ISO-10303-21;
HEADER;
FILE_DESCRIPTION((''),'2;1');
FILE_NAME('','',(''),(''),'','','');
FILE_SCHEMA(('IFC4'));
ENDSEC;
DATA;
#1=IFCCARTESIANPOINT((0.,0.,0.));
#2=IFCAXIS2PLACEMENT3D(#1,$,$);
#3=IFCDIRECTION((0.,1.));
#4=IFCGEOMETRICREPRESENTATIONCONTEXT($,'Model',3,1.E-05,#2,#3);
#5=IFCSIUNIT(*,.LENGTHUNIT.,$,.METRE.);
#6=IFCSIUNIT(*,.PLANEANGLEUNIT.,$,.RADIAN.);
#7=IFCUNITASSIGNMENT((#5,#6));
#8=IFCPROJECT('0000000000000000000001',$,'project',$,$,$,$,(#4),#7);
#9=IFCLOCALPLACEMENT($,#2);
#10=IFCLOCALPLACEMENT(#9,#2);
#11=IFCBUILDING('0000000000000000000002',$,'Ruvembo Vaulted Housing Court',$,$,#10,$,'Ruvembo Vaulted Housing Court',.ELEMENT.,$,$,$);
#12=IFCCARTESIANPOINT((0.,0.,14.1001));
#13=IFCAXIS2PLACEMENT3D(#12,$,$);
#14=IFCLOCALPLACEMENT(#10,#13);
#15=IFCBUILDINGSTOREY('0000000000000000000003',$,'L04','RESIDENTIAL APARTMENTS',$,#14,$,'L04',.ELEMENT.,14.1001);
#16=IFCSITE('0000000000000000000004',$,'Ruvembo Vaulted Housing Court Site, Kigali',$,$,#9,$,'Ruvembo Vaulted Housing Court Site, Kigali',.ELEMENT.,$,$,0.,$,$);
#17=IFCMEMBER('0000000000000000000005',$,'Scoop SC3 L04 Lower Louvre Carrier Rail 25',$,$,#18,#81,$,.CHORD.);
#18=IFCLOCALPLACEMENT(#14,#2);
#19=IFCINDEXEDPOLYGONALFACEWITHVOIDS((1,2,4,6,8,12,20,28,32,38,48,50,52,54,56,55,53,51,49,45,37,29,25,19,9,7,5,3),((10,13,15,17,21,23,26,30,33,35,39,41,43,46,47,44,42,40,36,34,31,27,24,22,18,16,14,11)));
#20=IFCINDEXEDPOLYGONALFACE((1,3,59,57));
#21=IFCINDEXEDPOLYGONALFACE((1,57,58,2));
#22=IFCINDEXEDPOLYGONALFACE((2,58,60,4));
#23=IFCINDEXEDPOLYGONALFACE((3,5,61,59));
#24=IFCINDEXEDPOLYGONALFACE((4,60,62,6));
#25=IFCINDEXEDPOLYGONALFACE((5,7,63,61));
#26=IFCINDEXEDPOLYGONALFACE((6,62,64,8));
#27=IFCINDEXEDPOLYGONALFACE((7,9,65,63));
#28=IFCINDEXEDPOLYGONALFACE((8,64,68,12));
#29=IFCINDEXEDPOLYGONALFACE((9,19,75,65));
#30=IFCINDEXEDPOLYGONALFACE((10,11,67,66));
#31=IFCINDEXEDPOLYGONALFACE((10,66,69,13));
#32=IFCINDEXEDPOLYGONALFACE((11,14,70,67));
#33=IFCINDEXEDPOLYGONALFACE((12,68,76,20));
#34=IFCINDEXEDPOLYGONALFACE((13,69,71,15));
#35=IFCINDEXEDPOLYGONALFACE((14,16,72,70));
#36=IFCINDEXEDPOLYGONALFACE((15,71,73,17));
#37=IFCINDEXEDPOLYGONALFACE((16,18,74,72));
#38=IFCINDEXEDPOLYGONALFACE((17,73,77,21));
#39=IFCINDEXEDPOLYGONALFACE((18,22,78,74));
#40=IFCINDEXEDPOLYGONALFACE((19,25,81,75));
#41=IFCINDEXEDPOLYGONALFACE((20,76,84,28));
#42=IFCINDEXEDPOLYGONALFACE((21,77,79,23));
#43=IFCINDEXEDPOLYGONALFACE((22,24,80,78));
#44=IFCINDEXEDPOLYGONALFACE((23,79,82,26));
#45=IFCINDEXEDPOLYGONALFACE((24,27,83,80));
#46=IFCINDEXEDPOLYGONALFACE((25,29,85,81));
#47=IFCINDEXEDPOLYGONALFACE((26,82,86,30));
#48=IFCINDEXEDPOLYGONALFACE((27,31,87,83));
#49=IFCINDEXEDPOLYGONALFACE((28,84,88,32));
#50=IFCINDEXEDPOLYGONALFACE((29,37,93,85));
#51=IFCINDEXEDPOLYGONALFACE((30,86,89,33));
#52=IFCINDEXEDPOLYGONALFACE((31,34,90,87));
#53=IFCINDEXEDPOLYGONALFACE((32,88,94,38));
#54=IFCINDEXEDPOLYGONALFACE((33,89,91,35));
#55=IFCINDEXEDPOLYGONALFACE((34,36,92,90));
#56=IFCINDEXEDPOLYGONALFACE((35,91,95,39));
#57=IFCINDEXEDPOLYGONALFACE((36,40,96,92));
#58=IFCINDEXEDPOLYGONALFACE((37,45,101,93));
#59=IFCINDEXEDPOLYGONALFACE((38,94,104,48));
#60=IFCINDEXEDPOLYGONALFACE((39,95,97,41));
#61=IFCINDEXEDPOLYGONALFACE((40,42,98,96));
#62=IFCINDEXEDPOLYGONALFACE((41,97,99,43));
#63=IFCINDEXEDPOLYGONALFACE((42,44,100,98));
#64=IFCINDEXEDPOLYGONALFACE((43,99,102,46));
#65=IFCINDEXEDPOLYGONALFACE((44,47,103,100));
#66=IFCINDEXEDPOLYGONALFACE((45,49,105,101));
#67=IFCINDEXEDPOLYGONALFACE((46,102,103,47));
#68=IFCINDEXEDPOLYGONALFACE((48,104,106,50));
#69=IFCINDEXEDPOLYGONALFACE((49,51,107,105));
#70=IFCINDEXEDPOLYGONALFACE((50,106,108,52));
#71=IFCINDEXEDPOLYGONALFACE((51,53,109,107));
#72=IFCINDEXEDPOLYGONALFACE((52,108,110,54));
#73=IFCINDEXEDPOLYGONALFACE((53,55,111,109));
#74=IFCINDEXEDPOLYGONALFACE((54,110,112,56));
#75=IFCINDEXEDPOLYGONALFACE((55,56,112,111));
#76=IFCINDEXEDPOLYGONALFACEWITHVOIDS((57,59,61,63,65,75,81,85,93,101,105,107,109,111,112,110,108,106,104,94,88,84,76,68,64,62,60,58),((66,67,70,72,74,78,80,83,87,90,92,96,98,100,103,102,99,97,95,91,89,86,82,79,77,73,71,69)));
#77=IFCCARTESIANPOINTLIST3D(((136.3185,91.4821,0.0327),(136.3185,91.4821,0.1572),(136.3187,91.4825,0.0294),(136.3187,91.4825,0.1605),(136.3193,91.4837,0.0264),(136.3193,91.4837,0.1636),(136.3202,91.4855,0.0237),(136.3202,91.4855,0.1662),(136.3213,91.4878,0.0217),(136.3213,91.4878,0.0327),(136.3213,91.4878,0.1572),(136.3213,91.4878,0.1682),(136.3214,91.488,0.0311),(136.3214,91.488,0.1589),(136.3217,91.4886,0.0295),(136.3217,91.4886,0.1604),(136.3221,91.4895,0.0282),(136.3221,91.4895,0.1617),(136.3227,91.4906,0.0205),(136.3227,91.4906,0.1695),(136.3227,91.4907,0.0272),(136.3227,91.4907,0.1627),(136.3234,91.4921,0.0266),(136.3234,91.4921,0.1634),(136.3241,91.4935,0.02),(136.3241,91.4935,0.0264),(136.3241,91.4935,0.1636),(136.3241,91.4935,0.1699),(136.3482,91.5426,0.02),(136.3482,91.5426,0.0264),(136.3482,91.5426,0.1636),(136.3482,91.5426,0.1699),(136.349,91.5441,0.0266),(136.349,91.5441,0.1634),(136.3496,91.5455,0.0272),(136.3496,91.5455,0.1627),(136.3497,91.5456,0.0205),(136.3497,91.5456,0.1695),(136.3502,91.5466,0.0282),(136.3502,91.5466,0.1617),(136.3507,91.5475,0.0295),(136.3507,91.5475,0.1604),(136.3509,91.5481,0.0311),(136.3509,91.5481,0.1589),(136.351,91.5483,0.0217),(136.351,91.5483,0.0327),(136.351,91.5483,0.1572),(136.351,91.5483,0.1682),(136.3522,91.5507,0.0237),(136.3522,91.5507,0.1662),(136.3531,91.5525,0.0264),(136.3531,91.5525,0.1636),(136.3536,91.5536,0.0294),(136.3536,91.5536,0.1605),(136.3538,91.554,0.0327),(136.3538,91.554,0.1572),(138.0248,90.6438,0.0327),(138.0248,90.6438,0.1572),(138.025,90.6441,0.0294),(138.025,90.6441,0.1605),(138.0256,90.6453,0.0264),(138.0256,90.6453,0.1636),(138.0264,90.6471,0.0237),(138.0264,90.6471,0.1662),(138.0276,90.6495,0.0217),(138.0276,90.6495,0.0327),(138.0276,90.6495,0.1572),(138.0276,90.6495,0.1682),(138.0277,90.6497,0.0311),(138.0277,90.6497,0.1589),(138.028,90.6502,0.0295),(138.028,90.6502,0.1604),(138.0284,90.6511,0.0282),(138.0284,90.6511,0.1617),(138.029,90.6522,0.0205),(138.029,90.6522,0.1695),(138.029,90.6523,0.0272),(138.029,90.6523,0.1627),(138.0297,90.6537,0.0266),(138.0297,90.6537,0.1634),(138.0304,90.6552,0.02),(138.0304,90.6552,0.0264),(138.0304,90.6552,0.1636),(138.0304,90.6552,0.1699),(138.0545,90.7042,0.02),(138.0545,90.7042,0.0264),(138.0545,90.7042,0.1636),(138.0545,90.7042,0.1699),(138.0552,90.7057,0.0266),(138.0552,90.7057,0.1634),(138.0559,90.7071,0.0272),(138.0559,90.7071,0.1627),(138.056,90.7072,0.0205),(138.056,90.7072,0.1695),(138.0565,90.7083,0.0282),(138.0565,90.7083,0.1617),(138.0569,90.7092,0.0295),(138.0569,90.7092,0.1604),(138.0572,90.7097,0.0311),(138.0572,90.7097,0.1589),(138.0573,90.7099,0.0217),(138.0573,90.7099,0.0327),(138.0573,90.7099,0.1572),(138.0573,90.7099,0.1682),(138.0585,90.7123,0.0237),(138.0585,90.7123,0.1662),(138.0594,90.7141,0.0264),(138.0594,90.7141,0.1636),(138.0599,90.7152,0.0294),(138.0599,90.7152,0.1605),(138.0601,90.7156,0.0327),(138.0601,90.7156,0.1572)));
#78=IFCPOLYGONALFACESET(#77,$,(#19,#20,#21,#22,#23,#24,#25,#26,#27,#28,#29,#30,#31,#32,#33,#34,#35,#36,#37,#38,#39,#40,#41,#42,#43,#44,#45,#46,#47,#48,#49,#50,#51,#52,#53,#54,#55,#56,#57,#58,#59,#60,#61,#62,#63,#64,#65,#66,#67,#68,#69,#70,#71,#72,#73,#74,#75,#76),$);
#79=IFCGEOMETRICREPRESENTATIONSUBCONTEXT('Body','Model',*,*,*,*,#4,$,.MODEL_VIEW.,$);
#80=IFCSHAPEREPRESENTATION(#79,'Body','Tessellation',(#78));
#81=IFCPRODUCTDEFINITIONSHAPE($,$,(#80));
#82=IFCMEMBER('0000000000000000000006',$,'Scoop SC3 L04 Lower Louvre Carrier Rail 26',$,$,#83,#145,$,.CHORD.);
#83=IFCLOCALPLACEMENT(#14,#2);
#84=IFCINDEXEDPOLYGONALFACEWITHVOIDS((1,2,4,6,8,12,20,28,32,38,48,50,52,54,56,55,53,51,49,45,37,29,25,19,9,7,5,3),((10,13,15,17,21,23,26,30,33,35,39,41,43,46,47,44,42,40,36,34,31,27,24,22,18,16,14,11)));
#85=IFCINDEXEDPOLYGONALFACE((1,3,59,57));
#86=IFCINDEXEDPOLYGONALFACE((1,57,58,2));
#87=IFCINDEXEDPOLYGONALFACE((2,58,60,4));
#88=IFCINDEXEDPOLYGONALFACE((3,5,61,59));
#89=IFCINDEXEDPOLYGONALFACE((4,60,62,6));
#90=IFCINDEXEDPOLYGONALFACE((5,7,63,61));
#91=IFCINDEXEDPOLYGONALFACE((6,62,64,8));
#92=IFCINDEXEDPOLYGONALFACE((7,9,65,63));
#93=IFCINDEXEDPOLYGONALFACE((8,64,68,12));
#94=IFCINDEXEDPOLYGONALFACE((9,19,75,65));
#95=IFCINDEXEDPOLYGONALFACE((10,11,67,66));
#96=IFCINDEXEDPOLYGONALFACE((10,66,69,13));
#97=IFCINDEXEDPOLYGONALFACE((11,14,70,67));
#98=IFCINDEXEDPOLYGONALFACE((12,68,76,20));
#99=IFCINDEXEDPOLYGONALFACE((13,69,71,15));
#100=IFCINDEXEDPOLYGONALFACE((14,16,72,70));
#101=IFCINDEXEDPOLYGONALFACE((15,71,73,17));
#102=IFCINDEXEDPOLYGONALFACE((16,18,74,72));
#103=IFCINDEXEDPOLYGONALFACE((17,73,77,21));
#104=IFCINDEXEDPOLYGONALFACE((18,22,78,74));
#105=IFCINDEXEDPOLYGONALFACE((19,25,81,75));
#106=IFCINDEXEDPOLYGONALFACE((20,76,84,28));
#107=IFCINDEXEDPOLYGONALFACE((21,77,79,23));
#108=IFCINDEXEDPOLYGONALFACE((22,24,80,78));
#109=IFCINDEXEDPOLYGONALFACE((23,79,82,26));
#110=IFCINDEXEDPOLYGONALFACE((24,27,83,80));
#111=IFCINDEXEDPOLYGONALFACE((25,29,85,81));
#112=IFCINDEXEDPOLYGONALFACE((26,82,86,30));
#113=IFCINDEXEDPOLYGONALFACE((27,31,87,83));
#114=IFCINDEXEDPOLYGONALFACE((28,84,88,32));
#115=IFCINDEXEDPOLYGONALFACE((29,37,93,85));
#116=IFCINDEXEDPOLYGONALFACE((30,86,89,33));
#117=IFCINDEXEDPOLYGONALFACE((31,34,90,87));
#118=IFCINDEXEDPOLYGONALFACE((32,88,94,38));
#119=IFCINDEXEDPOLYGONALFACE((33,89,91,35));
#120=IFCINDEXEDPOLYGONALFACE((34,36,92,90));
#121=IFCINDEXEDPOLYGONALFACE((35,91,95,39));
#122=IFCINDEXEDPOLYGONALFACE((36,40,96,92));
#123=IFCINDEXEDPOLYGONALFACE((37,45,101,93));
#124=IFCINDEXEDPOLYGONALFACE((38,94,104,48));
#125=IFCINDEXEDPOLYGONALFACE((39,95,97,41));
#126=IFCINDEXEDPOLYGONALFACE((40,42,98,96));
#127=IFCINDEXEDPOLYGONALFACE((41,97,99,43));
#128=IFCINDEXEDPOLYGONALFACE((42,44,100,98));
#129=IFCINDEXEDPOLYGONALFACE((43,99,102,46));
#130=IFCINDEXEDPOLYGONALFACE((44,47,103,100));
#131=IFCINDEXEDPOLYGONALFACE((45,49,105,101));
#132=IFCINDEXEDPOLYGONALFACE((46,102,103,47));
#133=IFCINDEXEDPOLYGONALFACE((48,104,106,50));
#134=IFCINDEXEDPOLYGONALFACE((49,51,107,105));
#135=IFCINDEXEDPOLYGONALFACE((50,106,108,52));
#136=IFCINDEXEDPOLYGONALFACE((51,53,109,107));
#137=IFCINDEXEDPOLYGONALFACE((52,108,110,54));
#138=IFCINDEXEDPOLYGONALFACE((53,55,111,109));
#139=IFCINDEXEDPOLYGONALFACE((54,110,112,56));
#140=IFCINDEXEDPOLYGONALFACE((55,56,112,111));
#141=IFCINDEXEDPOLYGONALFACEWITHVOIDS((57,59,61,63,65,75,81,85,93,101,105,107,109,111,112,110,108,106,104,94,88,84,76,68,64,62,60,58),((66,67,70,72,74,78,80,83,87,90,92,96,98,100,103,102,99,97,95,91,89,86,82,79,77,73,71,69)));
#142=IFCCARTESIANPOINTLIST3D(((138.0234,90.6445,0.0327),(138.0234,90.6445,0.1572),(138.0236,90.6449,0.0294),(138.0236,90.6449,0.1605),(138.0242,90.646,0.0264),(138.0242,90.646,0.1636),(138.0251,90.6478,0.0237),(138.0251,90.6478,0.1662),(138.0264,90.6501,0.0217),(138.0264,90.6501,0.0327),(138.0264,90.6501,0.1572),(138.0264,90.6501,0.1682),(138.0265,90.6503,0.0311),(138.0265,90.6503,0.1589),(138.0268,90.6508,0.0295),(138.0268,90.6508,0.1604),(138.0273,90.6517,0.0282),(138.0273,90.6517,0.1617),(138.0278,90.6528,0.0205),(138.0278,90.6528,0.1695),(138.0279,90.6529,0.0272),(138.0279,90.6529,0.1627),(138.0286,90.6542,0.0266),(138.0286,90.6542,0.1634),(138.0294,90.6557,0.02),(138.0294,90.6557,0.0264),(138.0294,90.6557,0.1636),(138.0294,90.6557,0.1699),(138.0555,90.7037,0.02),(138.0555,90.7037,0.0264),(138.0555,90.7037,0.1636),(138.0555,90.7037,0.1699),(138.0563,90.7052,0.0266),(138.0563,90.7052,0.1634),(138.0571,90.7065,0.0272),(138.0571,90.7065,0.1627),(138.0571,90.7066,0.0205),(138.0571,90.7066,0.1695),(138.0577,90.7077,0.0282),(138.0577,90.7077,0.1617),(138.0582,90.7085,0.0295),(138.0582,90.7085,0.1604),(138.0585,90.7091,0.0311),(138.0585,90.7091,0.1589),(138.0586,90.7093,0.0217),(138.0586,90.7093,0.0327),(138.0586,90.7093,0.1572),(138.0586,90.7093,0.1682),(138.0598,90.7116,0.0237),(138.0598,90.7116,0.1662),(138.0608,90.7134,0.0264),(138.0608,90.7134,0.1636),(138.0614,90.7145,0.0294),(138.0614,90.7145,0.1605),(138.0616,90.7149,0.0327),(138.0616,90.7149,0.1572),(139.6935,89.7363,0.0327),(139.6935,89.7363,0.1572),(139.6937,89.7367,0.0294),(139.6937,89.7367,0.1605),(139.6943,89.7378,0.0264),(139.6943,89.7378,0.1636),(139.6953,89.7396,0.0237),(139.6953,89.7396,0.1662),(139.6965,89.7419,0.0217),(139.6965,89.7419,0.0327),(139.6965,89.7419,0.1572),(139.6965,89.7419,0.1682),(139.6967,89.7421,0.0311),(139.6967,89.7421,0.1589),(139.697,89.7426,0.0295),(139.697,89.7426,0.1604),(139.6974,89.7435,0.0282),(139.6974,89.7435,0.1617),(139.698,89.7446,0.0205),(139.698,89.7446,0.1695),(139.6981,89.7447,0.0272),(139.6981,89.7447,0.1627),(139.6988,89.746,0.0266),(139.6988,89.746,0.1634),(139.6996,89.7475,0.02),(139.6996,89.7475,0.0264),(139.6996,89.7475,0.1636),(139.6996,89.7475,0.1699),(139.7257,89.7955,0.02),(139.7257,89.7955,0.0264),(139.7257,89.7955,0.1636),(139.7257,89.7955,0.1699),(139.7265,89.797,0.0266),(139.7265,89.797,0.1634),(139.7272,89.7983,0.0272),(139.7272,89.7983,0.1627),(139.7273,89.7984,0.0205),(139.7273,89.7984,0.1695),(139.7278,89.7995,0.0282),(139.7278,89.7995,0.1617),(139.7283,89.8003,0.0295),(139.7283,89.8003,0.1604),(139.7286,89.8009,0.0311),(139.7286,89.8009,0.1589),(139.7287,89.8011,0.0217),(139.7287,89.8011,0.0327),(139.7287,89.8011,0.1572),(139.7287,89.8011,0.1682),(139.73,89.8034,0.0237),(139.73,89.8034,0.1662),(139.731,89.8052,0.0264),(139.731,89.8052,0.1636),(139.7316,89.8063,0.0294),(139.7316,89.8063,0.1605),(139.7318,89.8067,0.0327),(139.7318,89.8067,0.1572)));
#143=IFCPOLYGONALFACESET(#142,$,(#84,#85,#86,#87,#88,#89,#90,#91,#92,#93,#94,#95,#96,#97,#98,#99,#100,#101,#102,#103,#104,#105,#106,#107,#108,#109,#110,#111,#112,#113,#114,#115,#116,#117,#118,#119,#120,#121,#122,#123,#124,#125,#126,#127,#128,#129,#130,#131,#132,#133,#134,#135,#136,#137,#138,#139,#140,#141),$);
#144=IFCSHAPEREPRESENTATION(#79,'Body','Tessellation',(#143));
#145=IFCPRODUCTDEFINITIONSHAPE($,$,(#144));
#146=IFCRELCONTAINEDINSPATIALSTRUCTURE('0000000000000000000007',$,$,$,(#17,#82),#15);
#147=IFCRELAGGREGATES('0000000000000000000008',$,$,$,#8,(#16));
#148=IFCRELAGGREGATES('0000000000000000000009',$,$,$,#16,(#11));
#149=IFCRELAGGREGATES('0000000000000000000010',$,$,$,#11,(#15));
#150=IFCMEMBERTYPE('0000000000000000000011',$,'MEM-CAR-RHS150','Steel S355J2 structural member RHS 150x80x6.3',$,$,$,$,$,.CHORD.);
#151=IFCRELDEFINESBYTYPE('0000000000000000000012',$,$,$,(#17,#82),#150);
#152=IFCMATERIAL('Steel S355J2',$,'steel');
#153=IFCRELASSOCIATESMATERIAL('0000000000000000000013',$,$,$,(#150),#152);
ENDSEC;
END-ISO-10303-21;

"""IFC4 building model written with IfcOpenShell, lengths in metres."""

from ifc_helpers import new_model, si_unit, direction, frame, origin, origin_2d, place, context, subcontext, project, spatial, hollow_rectangle, extrude, material, material_profile, profile_set, type_object, element, save


model = new_model("IFC4")

# Units and contexts
model_context = context("Model", 3, precision=1e-05, world=origin(), true_north=direction((0.0, 1.0)))
body_context = subcontext(model_context, "Body", "Model", "MODEL_VIEW")
ifc_project = project(units=[si_unit("LENGTHUNIT", "METRE"), si_unit("PLANEANGLEUNIT", "RADIAN")], contexts=[model_context])

# Site, building, storey
site_placement = place(None, origin())
site = spatial("IfcSite", under=ifc_project, at=site_placement, Name="Ruvembo Vaulted Housing Court Site, Kigali", LongName="Ruvembo Vaulted Housing Court Site, Kigali", CompositionType="ELEMENT", RefElevation=0.0)
building_placement = place(site_placement, origin())
building = spatial("IfcBuilding", under=site, at=building_placement, Name="Ruvembo Vaulted Housing Court", LongName="Ruvembo Vaulted Housing Court", CompositionType="ELEMENT")
storey_placement = place(building_placement, frame((0.0, 0.0, 14.1001)))
storey = spatial("IfcBuildingStorey", under=building, at=storey_placement, Name="L04", Description="RESIDENTIAL APARTMENTS", LongName="L04", CompositionType="ELEMENT", Elevation=14.1001)

# Shared definitions
ifc_material_1 = material(Name="Steel S355J2", Category="steel")

# Members
ifc_material_profile_1 = material_profile(ifc_material_1, hollow_rectangle(XDim=0.0801, YDim=0.1499, WallThickness=0.0063, InnerFilletRadius=0.0063, OuterFilletRadius=0.0127, at=origin_2d()), Name="RHS 150x80x6.3")
ifc_profile_set_1 = profile_set([ifc_material_profile_1], Name="Steel S355J2")
member_type_1 = type_object("IfcMemberType", Name="MEM-CAR-RHS150", Description="Steel S355J2 structural member RHS 150x80x6.3", PredefinedType="CHORD", material=ifc_profile_set_1)
for number, where, z_axis, x_axis, name in (
    (1, (136.3362, 91.5181, 0.095), (0.897513, -0.440987, 0.0), (0.440987, 0.897513, 0.0), "Scoop SC3 L04 Lower Louvre Carrier Rail 25"),
    (2, (138.0425, 90.6797, 0.095), (0.878513, -0.477718, 0.0), (0.477718, 0.878513, 0.0), "Scoop SC3 L04 Lower Louvre Carrier Rail 26"),
):
    element("IfcMember", number, at=place(storey_placement, frame(where, z_axis=z_axis, x_axis=x_axis)), inside=storey, type_object=member_type_1, Name=name, PredefinedType="CHORD", context=body_context, shape_type="SweptSolid", body=[
        extrude(hollow_rectangle(XDim=0.0801, YDim=0.1499, WallThickness=0.0063, InnerFilletRadius=0.0063, OuterFilletRadius=0.0127, at=origin_2d()), origin(), (0.0, 0.0, 1.0), 1.9011),
    ])

save(model, "model.ifc")
